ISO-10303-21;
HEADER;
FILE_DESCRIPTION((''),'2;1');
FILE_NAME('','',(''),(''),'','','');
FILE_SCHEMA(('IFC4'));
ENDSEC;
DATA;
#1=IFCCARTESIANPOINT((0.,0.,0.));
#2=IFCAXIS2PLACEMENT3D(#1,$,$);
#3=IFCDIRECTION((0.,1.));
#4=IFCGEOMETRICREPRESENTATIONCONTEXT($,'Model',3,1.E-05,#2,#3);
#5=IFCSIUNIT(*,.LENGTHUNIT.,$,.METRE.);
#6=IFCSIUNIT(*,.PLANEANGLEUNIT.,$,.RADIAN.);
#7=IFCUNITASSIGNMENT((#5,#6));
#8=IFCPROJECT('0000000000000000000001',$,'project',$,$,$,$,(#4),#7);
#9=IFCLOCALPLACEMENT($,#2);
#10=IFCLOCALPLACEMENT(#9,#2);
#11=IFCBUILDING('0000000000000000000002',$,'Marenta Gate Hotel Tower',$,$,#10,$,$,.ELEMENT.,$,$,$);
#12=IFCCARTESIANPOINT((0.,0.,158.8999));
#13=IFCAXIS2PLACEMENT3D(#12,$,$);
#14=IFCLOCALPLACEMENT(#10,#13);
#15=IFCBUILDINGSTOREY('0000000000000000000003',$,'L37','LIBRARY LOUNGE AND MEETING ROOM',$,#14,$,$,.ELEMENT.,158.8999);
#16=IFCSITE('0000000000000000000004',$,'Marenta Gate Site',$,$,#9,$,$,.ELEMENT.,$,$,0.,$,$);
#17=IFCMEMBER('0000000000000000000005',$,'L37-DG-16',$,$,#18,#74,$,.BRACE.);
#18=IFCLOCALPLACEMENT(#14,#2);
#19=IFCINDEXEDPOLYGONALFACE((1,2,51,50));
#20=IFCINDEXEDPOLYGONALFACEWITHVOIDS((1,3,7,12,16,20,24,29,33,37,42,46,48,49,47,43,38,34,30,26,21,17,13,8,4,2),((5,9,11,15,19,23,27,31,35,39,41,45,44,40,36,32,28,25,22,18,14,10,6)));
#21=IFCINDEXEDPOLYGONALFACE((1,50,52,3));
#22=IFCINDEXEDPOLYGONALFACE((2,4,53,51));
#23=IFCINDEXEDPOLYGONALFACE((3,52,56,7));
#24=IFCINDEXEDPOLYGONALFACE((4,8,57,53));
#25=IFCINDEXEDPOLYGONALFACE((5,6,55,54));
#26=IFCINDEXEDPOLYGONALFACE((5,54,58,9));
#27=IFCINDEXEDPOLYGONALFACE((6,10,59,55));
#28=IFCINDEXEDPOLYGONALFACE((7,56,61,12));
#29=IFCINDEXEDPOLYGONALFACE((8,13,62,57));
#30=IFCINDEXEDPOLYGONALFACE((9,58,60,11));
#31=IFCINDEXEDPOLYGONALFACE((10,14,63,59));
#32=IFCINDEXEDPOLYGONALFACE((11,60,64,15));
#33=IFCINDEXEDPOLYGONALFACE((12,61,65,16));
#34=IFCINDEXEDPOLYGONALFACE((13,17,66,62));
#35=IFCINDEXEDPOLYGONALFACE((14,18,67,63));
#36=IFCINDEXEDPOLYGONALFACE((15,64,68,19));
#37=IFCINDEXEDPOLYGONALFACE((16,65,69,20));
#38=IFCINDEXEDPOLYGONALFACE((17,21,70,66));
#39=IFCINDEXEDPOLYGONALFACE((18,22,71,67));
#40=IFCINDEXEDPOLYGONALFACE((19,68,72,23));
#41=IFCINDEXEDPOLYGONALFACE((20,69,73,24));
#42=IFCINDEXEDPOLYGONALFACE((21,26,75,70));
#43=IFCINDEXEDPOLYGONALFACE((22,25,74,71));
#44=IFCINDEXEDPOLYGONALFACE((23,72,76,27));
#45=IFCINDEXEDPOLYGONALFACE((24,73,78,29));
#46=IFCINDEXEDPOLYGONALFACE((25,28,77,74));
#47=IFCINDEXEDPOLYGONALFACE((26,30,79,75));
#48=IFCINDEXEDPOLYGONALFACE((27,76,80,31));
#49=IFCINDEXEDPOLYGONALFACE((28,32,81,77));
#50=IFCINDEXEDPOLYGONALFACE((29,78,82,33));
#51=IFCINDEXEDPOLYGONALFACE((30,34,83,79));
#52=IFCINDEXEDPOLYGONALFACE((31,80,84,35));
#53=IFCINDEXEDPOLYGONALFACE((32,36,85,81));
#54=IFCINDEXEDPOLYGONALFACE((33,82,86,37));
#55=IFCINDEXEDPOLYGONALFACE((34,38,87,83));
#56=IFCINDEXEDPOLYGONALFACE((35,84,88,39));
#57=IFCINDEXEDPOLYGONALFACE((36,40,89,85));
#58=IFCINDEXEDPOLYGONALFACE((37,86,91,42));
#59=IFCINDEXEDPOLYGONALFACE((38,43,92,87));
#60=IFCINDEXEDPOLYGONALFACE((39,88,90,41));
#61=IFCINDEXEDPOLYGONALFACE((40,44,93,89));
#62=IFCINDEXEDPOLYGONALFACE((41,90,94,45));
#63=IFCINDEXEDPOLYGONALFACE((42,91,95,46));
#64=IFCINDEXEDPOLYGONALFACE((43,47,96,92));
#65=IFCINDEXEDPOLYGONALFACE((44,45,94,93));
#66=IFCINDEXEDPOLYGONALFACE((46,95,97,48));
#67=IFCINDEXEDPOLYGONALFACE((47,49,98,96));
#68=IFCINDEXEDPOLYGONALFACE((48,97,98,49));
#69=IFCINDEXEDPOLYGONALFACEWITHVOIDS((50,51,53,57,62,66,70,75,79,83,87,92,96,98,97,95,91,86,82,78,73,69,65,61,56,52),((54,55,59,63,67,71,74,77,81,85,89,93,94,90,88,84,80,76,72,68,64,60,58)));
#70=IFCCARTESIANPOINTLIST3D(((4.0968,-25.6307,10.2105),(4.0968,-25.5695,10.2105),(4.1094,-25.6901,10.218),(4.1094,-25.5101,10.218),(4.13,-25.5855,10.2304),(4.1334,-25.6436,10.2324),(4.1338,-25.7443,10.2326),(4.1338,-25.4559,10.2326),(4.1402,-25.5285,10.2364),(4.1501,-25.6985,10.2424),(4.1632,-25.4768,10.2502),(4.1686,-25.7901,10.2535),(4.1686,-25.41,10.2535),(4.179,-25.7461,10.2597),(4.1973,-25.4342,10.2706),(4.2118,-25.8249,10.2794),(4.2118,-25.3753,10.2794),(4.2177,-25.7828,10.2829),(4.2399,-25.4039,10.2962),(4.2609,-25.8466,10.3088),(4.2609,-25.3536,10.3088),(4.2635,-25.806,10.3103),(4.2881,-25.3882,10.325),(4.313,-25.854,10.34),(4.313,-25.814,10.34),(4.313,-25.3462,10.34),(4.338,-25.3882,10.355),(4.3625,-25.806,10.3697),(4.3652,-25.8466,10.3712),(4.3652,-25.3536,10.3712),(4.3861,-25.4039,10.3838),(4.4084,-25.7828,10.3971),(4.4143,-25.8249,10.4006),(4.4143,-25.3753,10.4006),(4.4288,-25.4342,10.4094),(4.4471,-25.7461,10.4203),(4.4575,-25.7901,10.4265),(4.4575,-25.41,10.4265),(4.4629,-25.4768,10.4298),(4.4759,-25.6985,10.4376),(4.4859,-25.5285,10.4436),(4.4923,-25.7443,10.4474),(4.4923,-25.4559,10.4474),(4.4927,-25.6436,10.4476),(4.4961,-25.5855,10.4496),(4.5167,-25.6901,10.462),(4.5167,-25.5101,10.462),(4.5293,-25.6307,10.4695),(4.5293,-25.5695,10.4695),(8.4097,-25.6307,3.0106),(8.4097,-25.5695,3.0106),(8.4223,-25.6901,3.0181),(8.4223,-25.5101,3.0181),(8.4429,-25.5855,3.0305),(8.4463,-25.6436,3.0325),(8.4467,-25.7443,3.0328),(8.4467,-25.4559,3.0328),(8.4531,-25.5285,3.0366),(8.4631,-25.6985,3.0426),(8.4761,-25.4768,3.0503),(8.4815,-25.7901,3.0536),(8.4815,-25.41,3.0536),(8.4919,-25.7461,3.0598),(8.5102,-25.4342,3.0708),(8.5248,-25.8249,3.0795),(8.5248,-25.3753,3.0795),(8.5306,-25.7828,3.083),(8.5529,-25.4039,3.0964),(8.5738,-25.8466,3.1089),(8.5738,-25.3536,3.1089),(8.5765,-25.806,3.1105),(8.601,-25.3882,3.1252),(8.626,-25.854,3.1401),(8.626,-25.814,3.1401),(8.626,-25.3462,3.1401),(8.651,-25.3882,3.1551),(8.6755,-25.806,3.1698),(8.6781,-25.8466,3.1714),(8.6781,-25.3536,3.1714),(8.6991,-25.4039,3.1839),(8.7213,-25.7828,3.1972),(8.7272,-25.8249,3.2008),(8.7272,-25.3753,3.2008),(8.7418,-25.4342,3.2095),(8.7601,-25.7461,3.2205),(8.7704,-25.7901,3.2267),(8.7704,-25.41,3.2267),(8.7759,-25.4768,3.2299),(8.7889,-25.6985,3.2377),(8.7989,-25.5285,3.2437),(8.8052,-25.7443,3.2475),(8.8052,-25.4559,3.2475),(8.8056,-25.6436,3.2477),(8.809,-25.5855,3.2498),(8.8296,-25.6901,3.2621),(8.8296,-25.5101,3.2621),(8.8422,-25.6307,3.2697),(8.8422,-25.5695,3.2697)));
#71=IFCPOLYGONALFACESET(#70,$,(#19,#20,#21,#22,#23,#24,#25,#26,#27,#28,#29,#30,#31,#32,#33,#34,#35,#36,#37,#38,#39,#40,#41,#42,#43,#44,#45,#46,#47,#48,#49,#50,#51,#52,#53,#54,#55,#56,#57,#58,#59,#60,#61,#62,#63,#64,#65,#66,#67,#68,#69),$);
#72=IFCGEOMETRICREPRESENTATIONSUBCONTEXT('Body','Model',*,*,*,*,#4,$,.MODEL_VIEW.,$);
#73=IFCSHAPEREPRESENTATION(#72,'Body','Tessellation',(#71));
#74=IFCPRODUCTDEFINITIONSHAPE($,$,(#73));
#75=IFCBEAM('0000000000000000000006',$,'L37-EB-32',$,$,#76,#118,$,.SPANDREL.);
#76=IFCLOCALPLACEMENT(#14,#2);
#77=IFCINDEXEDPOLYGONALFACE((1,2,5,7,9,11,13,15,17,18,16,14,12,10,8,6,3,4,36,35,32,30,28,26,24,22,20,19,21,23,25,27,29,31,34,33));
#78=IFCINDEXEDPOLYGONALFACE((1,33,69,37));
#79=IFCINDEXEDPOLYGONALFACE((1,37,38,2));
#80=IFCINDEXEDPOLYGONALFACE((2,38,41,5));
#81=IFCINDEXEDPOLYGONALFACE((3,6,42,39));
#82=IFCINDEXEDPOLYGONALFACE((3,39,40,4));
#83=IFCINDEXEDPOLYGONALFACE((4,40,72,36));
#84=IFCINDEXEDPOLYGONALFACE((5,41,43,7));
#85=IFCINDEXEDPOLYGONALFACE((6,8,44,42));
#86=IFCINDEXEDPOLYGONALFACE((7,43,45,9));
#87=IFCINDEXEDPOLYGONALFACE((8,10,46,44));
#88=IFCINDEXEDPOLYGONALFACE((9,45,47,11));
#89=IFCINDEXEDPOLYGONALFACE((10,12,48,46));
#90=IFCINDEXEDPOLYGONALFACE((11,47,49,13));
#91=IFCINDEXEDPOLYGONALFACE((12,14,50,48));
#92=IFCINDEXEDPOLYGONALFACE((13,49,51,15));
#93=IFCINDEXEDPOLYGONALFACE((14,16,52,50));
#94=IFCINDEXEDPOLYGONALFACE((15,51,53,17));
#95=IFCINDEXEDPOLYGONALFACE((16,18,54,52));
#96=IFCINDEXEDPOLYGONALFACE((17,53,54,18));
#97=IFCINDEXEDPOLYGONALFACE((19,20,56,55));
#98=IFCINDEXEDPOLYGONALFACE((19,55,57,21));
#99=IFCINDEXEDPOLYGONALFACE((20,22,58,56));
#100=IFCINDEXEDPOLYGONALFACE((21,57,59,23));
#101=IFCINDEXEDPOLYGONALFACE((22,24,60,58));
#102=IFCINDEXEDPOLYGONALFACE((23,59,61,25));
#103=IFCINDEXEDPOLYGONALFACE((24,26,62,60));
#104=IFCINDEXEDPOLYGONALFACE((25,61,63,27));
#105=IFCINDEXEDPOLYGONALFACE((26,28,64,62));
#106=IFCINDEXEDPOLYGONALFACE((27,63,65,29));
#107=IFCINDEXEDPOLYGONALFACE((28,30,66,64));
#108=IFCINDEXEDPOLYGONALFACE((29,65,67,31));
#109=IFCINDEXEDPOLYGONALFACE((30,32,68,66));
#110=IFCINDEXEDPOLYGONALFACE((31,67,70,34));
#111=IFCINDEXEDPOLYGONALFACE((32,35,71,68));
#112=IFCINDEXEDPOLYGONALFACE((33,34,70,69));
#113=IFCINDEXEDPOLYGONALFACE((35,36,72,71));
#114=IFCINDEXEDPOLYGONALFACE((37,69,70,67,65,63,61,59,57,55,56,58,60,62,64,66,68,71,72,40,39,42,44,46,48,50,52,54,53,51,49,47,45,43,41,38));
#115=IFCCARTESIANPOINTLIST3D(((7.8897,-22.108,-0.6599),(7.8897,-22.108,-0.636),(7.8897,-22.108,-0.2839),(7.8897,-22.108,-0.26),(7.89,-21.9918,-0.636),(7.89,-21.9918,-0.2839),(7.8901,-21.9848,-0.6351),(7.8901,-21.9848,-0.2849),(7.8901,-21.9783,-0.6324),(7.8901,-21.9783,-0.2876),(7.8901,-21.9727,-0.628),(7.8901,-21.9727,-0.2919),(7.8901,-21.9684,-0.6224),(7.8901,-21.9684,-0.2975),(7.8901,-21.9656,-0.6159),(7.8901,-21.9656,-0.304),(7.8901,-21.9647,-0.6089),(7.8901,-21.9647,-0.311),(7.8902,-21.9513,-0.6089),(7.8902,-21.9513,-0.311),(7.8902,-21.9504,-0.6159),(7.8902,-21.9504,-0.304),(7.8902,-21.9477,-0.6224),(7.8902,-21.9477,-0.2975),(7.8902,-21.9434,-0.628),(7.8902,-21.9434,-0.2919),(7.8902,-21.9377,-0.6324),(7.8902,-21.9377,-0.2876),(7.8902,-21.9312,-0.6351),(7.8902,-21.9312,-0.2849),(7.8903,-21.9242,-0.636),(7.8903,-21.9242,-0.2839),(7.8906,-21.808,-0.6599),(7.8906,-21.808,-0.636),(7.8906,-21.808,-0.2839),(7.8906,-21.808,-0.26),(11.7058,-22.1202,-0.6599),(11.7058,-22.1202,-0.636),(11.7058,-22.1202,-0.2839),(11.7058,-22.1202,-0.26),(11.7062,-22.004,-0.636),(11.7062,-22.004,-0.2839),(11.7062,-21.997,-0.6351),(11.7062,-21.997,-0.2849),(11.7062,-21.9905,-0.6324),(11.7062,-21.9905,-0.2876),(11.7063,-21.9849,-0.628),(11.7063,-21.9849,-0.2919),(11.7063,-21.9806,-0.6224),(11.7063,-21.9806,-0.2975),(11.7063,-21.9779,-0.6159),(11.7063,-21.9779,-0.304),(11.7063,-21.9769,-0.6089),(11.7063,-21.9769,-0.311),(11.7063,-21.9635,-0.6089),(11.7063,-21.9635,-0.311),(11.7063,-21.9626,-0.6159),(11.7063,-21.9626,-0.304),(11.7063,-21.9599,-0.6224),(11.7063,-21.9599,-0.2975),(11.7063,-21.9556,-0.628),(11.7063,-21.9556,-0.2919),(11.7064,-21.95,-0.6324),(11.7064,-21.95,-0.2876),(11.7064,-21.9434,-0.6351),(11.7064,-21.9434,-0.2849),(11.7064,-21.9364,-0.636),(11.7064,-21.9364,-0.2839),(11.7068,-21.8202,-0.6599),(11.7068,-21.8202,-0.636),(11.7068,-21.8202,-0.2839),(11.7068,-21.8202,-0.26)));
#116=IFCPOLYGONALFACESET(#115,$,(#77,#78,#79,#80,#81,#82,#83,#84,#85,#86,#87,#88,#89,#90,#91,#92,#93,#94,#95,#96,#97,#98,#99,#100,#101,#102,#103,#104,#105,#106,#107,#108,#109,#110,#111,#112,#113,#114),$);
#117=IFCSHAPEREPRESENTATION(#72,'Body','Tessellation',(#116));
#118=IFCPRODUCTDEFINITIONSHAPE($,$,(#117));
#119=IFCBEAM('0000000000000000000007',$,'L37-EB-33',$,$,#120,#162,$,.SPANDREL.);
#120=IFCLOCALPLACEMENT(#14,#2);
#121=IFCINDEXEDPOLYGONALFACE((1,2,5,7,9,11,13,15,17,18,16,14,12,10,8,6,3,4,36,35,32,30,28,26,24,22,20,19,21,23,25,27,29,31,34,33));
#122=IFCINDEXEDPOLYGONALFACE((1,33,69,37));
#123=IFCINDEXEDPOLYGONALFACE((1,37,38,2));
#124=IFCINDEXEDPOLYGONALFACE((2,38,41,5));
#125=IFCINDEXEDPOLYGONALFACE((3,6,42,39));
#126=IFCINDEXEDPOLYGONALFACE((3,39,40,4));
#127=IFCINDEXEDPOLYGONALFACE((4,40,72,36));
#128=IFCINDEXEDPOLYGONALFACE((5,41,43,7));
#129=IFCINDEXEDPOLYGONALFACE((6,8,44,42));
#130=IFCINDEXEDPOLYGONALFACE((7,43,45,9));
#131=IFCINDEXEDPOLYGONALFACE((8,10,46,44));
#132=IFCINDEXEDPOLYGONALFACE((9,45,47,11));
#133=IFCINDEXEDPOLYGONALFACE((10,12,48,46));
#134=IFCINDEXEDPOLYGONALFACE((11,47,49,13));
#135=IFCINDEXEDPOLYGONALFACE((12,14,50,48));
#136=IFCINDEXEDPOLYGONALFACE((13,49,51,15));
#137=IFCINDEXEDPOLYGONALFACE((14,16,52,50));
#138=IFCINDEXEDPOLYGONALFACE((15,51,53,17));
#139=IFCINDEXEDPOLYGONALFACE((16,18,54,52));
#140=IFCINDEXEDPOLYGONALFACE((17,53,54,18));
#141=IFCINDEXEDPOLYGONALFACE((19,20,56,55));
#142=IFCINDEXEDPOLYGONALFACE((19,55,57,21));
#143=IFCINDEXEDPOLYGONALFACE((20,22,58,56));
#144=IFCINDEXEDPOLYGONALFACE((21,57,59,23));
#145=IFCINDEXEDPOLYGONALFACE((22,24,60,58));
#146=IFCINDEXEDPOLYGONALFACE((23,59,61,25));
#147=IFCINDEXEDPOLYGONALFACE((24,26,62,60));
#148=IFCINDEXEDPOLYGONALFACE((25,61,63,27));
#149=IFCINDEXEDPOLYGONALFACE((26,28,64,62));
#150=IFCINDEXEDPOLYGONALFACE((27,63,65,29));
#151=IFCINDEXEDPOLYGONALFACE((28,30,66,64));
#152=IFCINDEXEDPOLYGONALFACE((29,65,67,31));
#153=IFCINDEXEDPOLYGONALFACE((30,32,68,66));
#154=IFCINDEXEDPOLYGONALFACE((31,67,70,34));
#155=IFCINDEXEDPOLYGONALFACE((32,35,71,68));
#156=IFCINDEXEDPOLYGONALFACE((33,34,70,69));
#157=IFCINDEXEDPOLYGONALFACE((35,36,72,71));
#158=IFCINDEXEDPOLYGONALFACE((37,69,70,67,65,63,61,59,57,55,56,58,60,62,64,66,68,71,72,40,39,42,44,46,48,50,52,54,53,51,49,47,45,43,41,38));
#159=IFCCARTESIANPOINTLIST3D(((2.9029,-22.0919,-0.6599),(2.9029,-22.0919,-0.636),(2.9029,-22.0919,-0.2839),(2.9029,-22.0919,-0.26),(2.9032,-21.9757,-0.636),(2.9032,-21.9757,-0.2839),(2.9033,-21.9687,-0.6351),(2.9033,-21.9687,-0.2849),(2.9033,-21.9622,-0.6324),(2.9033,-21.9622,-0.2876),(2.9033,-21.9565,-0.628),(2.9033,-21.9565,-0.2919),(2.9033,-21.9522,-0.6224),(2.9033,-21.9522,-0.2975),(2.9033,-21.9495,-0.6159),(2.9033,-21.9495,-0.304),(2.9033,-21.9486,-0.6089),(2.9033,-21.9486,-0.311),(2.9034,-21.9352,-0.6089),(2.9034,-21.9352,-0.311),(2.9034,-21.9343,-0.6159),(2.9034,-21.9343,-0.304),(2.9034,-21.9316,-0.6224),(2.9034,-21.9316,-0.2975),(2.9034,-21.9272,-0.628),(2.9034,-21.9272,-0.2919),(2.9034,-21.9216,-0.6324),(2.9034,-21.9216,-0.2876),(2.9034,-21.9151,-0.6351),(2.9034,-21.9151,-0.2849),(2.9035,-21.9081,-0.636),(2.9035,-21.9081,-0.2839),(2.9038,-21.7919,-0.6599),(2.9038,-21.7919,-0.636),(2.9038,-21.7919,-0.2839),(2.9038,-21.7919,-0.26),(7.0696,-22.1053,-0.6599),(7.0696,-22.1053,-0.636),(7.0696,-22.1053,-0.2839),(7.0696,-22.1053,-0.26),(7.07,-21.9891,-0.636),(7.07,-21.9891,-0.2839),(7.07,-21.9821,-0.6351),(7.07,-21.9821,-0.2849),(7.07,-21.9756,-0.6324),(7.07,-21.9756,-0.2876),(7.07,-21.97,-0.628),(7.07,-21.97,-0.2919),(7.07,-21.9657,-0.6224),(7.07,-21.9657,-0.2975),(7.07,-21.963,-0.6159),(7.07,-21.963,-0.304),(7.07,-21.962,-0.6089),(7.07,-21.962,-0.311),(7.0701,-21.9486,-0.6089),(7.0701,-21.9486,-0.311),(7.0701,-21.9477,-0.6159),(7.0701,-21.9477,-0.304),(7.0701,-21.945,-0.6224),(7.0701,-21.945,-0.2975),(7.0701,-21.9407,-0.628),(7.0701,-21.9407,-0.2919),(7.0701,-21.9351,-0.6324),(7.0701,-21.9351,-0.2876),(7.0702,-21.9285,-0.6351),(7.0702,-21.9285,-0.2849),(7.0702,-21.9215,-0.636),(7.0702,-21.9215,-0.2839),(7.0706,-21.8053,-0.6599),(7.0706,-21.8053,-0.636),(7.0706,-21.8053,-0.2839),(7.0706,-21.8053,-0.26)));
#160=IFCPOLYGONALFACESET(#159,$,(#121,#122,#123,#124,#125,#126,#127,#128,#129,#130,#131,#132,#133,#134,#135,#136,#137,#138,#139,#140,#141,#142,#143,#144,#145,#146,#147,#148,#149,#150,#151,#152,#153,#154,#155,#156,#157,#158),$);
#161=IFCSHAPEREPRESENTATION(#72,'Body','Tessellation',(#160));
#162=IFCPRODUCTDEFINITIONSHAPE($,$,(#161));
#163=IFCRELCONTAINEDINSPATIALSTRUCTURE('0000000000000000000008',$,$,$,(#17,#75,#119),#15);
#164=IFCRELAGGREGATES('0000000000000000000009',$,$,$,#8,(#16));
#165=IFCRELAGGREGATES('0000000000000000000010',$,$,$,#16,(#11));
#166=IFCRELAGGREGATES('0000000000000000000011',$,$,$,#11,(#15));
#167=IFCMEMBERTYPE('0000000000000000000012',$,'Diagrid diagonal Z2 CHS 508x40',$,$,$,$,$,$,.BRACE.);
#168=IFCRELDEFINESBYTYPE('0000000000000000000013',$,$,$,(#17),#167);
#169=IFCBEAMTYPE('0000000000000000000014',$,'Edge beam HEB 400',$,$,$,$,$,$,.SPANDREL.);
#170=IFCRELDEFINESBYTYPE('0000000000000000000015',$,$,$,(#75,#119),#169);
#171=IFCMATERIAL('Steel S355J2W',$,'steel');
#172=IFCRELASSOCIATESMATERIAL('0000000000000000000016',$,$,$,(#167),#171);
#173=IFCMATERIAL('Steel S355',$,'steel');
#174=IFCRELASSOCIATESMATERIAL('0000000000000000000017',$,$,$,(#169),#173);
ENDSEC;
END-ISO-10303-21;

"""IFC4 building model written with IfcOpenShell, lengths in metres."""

from ifc_helpers import new_model, si_unit, direction, frame, origin, origin_2d, place, context, subcontext, project, spatial, hollow_circle, i_section, extrude, material, material_profile, profile_set, type_object, element, save


model = new_model("IFC4")

# Units and contexts
model_context = context("Model", 3, precision=1e-05, world=origin(), true_north=direction((0.0, 1.0)))
body_context = subcontext(model_context, "Body", "Model", "MODEL_VIEW")
ifc_project = project(units=[si_unit("LENGTHUNIT", "METRE"), si_unit("PLANEANGLEUNIT", "RADIAN")], contexts=[model_context])

# Site, building, storey
site_placement = place(None, origin())
site = spatial("IfcSite", under=ifc_project, at=site_placement, Name="Marenta Gate Site", CompositionType="ELEMENT", RefElevation=0.0)
building_placement = place(site_placement, origin())
building = spatial("IfcBuilding", under=site, at=building_placement, Name="Marenta Gate Hotel Tower", CompositionType="ELEMENT")
storey_placement = place(building_placement, frame((0.0, 0.0, 158.8999)))
storey = spatial("IfcBuildingStorey", under=building, at=storey_placement, Name="L37", Description="LIBRARY LOUNGE AND MEETING ROOM", CompositionType="ELEMENT", Elevation=158.8999)

# Member
ifc_material_1 = material(Name="Steel S355J2W", Category="steel")
ifc_material_profile_1 = material_profile(ifc_material_1, hollow_circle(Radius=0.2539, WallThickness=0.04, at=origin_2d()), Name="CHS 508x40")
ifc_profile_set_1 = profile_set([ifc_material_profile_1], Name="Steel S355J2W")
member_type_1 = type_object("IfcMemberType", Name="Diagrid diagonal Z2 CHS 508x40", PredefinedType="BRACE", material=ifc_profile_set_1)
for number, where, z_axis, x_axis, name in (
    (1, (8.626, -25.6001, 3.1401), (-0.513884, 0.0, 0.85786), (0.0, -1.0, 0.0), "L37-DG-16"),
):
    element("IfcMember", number, at=place(storey_placement, frame(where, z_axis=z_axis, x_axis=x_axis)), inside=storey, type_object=member_type_1, Name=name, PredefinedType="BRACE", context=body_context, shape_type="SweptSolid", body=[
        extrude(hollow_circle(Radius=0.2539, WallThickness=0.04, at=origin_2d()), origin(), (0.0, 0.0, 1.0), 8.3928),
    ])

# Beams
ifc_material_2 = material(Name="Steel S355", Category="steel")
ifc_material_profile_2 = material_profile(ifc_material_2, i_section(OverallWidth=0.3, OverallDepth=0.3999, WebThickness=0.0134, FlangeThickness=0.0239, FilletRadius=0.0271, at=origin_2d()), Name="HEB 400")
ifc_profile_set_2 = profile_set([ifc_material_profile_2], Name="Steel S355")
beam_type_1 = type_object("IfcBeamType", Name="Edge beam HEB 400", PredefinedType="SPANDREL", material=ifc_profile_set_2)
beam_1_placement = place(storey_placement, frame((11.7063, -21.9702, -0.46), z_axis=(-0.999995, 0.003199, 0.0), x_axis=(-0.003199, -0.999995, 0.0)))
element("IfcBeam", 2, at=beam_1_placement, inside=storey, type_object=beam_type_1, Name="L37-EB-32", PredefinedType="SPANDREL", context=body_context, shape_type="SweptSolid", body=[
    extrude(i_section(OverallWidth=0.3, OverallDepth=0.3999, WebThickness=0.0134, FlangeThickness=0.0239, FilletRadius=0.0271, at=origin_2d()), origin(), (0.0, 0.0, 1.0), 3.8162),
])
beam_2_placement = place(storey_placement, frame((7.0701, -21.9553, -0.46), z_axis=(-0.999995, 0.003223, 0.0), x_axis=(-0.003223, -0.999995, 0.0)))
element("IfcBeam", 3, at=beam_2_placement, inside=storey, type_object=beam_type_1, Name="L37-EB-33", PredefinedType="SPANDREL", context=body_context, shape_type="SweptSolid", body=[
    extrude(i_section(OverallWidth=0.3, OverallDepth=0.3999, WebThickness=0.0134, FlangeThickness=0.0239, FilletRadius=0.0271, at=origin_2d()), origin(), (0.0, 0.0, 1.0), 4.1667),
])

save(model, "model.ifc")
